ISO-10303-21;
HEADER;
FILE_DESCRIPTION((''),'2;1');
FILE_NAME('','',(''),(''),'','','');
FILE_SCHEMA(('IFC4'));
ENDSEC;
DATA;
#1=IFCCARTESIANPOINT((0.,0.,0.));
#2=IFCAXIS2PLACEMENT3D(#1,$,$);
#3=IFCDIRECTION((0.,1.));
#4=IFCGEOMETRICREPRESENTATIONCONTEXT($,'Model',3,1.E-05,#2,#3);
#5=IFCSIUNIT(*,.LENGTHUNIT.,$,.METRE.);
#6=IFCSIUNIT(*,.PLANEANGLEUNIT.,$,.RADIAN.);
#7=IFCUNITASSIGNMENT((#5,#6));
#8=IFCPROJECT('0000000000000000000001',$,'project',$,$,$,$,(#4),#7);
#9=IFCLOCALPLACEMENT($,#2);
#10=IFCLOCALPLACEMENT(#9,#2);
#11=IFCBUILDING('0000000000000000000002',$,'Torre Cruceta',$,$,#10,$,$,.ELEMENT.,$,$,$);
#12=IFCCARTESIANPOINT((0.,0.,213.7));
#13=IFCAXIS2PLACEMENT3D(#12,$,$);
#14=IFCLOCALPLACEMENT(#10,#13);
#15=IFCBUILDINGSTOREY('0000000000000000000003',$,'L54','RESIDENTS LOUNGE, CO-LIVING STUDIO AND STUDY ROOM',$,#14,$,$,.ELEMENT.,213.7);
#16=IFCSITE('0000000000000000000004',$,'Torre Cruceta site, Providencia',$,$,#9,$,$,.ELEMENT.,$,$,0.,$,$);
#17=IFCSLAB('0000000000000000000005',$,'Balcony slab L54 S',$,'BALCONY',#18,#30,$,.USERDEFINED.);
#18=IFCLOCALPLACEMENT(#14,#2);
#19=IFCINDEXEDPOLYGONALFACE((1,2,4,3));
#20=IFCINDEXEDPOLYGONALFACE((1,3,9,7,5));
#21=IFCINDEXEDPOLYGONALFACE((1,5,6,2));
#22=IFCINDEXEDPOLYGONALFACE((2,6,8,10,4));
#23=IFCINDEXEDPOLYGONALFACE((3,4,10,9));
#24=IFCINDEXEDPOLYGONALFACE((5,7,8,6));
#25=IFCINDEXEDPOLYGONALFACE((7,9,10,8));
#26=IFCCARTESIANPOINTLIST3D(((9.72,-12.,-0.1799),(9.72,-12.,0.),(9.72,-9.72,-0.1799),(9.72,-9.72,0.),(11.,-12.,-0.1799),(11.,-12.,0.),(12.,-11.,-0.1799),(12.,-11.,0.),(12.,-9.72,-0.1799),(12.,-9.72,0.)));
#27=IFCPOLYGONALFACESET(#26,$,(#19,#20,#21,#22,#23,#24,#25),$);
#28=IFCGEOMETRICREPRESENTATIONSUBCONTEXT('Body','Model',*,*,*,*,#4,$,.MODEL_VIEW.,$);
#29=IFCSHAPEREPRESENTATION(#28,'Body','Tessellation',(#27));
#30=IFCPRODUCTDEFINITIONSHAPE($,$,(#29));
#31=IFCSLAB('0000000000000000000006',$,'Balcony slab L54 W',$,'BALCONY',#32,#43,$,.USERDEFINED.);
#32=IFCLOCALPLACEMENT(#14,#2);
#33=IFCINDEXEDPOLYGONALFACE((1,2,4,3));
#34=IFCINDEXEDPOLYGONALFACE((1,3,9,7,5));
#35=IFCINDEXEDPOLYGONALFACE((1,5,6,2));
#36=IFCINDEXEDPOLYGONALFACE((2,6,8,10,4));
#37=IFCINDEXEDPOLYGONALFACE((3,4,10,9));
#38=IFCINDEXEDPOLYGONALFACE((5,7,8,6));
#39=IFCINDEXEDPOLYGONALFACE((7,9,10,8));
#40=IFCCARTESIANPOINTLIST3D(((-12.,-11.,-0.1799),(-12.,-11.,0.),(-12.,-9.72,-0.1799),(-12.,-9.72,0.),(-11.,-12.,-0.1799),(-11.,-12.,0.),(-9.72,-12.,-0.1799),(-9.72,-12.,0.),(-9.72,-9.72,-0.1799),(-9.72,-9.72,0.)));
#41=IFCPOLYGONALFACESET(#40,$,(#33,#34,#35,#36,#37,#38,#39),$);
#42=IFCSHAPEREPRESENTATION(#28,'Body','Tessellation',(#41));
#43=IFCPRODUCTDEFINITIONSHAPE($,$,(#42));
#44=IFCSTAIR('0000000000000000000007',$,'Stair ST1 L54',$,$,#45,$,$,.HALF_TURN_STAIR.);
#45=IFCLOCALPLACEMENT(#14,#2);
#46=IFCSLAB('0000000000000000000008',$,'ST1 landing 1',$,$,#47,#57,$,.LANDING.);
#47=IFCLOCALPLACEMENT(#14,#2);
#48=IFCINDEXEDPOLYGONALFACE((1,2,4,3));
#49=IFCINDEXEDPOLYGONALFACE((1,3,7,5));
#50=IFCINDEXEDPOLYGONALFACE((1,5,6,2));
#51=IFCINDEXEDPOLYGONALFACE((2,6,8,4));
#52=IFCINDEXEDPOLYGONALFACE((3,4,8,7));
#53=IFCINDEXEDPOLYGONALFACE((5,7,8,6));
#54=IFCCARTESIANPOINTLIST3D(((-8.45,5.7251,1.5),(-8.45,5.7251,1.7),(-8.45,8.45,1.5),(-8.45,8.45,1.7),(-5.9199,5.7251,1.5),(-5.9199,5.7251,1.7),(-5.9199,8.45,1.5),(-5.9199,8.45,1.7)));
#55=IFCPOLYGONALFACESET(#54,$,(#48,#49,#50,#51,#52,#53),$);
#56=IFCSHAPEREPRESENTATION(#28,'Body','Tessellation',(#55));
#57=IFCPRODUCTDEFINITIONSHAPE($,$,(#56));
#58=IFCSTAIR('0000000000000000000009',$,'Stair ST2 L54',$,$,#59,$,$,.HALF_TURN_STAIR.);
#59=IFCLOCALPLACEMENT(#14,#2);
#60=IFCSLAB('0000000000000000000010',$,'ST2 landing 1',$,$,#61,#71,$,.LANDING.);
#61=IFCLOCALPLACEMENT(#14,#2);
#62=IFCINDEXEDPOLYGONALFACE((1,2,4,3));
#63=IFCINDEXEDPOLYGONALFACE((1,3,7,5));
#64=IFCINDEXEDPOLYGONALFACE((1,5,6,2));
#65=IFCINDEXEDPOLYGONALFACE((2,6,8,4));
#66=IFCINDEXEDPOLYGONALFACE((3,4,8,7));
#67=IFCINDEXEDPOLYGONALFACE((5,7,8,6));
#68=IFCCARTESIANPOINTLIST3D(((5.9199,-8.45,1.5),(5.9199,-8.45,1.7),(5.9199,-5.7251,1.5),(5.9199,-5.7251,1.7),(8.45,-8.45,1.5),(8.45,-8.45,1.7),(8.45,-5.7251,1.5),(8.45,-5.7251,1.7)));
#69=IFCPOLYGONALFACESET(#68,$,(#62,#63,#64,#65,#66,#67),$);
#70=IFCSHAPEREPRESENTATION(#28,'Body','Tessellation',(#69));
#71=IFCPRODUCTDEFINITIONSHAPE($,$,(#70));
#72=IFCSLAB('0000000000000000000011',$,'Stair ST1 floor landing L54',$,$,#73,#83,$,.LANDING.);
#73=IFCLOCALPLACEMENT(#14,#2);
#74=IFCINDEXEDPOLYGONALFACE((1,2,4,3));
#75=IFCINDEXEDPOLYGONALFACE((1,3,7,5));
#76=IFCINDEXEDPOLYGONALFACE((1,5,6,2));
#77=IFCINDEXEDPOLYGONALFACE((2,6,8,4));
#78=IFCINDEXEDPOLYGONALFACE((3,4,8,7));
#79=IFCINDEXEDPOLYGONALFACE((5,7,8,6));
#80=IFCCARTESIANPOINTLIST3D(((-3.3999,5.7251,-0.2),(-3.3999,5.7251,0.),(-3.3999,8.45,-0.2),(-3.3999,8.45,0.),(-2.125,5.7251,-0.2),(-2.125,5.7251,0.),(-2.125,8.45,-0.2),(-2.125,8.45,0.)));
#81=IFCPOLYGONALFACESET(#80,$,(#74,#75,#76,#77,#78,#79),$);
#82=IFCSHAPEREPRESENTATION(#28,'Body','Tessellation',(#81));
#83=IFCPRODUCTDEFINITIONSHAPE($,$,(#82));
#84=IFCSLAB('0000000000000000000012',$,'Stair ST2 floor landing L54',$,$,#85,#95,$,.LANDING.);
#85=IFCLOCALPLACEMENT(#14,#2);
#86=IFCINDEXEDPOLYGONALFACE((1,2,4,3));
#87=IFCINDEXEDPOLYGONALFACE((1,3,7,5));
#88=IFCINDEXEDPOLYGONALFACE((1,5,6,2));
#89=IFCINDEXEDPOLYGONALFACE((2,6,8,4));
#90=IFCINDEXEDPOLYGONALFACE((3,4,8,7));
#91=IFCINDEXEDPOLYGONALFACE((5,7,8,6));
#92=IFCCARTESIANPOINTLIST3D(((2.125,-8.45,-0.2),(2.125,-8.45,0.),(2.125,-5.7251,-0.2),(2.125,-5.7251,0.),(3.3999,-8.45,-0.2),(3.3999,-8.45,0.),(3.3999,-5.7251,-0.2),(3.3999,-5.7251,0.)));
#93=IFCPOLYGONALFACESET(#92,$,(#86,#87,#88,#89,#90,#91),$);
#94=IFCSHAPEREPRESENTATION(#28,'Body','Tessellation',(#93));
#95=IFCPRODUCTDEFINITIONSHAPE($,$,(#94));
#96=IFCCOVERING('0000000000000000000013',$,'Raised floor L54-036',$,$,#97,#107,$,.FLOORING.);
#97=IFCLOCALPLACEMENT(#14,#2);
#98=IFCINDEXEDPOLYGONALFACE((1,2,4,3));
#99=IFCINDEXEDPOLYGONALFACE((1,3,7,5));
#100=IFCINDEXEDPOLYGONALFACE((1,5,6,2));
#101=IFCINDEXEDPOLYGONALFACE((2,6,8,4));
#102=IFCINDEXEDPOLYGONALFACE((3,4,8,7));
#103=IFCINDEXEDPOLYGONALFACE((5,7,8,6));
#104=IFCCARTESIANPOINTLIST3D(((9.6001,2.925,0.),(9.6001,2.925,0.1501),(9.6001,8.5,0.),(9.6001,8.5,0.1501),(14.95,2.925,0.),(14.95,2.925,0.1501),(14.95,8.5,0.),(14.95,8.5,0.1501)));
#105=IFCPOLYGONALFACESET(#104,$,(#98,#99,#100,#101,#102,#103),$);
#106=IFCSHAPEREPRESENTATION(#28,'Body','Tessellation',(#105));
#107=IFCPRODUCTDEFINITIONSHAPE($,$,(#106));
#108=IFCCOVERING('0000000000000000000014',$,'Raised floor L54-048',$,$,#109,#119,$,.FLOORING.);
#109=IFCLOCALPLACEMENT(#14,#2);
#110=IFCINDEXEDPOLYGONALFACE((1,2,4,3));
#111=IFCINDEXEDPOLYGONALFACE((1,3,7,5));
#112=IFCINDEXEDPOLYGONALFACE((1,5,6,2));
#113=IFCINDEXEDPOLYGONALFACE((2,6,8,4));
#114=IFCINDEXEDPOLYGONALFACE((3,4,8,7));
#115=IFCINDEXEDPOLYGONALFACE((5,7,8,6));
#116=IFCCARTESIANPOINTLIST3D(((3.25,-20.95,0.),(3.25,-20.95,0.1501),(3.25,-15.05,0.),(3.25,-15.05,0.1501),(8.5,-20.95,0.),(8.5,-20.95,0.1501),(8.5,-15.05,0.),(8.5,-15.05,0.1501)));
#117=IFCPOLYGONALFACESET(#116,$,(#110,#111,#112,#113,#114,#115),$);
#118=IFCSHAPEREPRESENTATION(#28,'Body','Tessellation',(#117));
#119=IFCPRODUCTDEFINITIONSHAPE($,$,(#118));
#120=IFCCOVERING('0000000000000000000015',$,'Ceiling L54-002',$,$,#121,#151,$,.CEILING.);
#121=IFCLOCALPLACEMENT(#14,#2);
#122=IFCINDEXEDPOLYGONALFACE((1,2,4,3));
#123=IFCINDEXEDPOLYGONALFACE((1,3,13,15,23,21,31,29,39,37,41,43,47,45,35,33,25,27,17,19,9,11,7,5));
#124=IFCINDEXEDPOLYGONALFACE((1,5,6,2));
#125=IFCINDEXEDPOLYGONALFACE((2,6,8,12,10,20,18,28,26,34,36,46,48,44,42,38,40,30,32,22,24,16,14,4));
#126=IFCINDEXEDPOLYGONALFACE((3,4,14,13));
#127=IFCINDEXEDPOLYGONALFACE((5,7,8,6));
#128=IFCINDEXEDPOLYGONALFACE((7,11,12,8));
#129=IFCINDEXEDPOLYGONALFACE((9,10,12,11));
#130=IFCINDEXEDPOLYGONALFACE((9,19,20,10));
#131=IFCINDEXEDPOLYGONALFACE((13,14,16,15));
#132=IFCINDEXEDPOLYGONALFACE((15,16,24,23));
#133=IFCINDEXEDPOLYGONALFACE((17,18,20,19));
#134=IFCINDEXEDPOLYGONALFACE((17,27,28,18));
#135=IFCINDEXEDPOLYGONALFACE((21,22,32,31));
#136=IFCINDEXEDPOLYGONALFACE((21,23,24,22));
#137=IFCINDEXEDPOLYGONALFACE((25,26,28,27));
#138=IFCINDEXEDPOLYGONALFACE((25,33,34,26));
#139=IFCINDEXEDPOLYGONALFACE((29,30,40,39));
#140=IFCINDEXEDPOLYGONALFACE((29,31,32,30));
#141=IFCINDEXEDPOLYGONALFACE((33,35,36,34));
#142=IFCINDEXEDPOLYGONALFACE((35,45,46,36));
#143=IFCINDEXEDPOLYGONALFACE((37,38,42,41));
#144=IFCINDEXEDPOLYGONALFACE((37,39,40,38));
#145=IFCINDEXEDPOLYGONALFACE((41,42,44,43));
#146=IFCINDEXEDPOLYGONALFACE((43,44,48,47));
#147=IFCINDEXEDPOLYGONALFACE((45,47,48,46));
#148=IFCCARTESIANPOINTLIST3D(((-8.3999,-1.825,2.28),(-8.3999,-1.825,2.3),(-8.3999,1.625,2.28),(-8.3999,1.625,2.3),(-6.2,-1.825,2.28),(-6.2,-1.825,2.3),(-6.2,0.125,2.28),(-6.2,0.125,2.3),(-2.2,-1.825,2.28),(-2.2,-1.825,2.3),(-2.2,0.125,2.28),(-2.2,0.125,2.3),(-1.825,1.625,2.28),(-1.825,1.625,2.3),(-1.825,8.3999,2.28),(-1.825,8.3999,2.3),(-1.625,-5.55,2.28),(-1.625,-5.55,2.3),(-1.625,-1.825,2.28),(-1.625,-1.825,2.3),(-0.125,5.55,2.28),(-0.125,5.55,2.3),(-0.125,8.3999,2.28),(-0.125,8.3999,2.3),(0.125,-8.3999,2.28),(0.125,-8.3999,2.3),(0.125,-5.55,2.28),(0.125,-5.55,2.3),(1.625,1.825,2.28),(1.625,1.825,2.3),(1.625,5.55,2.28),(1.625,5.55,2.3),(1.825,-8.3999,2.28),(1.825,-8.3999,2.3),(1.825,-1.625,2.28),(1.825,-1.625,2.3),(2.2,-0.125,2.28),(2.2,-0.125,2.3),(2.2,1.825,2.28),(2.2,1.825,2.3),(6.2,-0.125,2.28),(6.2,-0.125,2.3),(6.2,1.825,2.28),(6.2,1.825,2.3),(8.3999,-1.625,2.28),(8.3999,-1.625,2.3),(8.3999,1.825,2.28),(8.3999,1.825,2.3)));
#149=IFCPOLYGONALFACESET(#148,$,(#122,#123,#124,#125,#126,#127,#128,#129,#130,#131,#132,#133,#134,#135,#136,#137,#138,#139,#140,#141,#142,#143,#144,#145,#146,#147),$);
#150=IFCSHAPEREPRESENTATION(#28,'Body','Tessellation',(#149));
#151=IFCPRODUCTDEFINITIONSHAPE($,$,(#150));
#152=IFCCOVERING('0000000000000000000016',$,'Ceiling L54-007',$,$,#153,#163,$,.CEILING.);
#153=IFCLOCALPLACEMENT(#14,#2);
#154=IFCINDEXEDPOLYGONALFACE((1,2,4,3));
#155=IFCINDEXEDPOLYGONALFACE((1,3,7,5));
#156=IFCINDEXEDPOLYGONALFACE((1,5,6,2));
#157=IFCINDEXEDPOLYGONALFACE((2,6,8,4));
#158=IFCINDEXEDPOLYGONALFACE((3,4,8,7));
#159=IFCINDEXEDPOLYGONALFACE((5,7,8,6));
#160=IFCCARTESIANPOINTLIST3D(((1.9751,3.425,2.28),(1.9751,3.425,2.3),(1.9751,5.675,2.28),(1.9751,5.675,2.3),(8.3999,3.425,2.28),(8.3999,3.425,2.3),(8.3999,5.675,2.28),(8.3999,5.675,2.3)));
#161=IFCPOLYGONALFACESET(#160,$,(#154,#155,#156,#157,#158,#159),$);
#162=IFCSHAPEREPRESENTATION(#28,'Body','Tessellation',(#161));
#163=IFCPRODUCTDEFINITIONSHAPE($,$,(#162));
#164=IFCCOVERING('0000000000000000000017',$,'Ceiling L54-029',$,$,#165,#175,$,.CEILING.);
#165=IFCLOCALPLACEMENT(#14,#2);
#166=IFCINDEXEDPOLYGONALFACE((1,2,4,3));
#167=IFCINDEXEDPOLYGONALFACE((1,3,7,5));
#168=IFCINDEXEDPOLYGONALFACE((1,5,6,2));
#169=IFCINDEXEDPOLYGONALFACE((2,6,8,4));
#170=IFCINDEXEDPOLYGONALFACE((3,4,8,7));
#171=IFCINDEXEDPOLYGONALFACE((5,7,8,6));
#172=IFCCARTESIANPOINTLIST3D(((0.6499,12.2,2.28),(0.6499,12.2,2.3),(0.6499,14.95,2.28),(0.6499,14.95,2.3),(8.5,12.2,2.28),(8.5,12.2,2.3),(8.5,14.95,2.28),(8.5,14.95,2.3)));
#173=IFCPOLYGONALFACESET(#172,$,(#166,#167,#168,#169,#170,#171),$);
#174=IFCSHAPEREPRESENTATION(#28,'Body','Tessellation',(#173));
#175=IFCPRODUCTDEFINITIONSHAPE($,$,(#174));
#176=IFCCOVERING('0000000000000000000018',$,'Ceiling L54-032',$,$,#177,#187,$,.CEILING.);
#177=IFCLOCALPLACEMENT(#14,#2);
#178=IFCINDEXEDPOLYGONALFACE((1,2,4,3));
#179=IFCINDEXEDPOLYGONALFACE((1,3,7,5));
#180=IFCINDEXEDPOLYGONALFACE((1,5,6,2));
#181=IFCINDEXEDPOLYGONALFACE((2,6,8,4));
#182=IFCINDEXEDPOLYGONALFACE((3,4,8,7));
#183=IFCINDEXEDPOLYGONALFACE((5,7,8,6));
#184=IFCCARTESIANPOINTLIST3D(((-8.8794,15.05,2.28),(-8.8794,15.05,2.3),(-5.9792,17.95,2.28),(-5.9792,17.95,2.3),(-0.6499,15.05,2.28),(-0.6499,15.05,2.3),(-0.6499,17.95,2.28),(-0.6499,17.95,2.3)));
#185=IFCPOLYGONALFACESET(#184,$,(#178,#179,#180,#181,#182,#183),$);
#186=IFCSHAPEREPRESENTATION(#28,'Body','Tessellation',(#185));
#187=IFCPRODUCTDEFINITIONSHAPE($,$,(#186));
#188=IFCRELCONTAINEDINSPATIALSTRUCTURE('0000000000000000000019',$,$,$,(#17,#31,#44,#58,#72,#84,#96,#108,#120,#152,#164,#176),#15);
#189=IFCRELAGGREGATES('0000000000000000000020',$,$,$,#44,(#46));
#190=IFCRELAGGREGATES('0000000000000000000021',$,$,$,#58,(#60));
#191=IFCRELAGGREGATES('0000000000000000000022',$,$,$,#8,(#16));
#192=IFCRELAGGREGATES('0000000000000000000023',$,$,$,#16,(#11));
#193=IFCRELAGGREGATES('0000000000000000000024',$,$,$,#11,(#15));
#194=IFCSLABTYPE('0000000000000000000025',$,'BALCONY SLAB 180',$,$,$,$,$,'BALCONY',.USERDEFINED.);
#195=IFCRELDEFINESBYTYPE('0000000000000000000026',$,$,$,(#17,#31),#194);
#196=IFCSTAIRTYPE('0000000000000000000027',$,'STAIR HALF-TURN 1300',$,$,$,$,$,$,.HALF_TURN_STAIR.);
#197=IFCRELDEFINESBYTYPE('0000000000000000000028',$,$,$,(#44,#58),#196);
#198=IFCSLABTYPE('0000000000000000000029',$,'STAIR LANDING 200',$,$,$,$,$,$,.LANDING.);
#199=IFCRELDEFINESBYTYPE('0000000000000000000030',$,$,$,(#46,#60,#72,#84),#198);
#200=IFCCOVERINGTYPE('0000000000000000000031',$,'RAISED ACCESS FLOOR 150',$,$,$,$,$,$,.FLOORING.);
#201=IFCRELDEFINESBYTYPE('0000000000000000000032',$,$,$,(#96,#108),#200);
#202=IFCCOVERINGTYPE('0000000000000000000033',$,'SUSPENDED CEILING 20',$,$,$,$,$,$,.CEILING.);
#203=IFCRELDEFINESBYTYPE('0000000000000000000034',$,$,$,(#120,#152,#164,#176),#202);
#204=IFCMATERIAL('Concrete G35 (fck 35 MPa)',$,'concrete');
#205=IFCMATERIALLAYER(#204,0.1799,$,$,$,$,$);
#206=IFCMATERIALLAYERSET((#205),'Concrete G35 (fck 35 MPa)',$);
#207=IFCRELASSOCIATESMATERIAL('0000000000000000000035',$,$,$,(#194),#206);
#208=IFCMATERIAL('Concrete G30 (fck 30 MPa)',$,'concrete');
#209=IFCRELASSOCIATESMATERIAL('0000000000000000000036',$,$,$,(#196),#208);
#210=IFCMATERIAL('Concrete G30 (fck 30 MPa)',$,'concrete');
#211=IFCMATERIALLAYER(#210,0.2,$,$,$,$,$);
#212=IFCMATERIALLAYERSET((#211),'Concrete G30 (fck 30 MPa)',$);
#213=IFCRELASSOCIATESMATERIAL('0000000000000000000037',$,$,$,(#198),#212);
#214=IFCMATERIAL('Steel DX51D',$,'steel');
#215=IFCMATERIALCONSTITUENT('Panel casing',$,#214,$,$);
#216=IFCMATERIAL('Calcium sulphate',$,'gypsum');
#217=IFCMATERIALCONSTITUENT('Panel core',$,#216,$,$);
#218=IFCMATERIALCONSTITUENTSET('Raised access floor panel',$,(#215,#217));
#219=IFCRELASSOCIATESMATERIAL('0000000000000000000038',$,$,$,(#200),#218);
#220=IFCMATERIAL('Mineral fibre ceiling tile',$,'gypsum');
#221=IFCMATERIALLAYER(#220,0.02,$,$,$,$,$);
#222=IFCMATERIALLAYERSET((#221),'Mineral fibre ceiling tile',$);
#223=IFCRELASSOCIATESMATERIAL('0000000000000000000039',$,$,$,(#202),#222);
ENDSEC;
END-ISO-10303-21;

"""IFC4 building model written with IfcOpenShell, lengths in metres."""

from ifc_helpers import new_model, si_unit, direction, frame, origin, place, context, subcontext, project, spatial, polyline, outline, extrude, material, layer, layer_set, constituent, constituent_set, type_object, element, aggregate, save


model = new_model("IFC4")

# Units and contexts
model_context = context("Model", 3, precision=1e-05, world=origin(), true_north=direction((0.0, 1.0)))
body_context = subcontext(model_context, "Body", "Model", "MODEL_VIEW")
ifc_project = project(units=[si_unit("LENGTHUNIT", "METRE"), si_unit("PLANEANGLEUNIT", "RADIAN")], contexts=[model_context])

# Site, building, storey
site_placement = place(None, origin())
site = spatial("IfcSite", under=ifc_project, at=site_placement, Name="Torre Cruceta site, Providencia", CompositionType="ELEMENT", RefElevation=0.0)
building_placement = place(site_placement, origin())
building = spatial("IfcBuilding", under=site, at=building_placement, Name="Torre Cruceta", CompositionType="ELEMENT")
storey_placement = place(building_placement, frame((0.0, 0.0, 213.7)))
storey = spatial("IfcBuildingStorey", under=building, at=storey_placement, Name="L54", Description="RESIDENTS LOUNGE, CO-LIVING STUDIO AND STUDY ROOM", CompositionType="ELEMENT", Elevation=213.7)

# Slabs
ifc_material_1 = material(Name="Concrete G35 (fck 35 MPa)", Category="concrete")
ifc_layer_1 = layer(ifc_material_1, 0.1799)
ifc_layer_set_1 = layer_set([ifc_layer_1], Name="Concrete G35 (fck 35 MPa)")
slab_type_1 = type_object("IfcSlabType", Name="BALCONY SLAB 180", ElementType="BALCONY", PredefinedType="USERDEFINED", material=ifc_layer_set_1)
slab_1_placement = place(storey_placement, frame((0.0, 0.0, -0.1799)))
element("IfcSlab", 1, at=slab_1_placement, inside=storey, type_object=slab_type_1, Name="Balcony slab L54 S", ObjectType="BALCONY", PredefinedType="USERDEFINED", context=body_context, shape_type="SweptSolid", body=[
    extrude(outline(polyline([(12.0, -11.0), (11.0, -12.0), (9.72, -12.0), (9.72, -9.72), (12.0, -9.72), (12.0, -11.0)])), origin(), (0.0, 0.0, 1.0), 0.1799),
])
slab_2_placement = place(storey_placement, frame((0.0, 0.0, -0.1799)))
element("IfcSlab", 2, at=slab_2_placement, inside=storey, type_object=slab_type_1, Name="Balcony slab L54 W", ObjectType="BALCONY", PredefinedType="USERDEFINED", context=body_context, shape_type="SweptSolid", body=[
    extrude(outline(polyline([(-11.0, -12.0), (-12.0, -11.0), (-12.0, -9.72), (-9.72, -9.72), (-9.72, -12.0), (-11.0, -12.0)])), origin(), (0.0, 0.0, 1.0), 0.1799),
])

# Stairs, slabs
ifc_material_2 = material(Name="Concrete G30 (fck 30 MPa)", Category="concrete")
stair_type = type_object("IfcStairType", Name="STAIR HALF-TURN 1300", PredefinedType="HALF_TURN_STAIR", material=ifc_material_2)
stair_1_placement = place(storey_placement, origin())
stair_1 = element("IfcStair", 3, at=stair_1_placement, inside=storey, type_object=stair_type, Name="Stair ST1 L54", PredefinedType="HALF_TURN_STAIR")
ifc_material_3 = material(Name="Concrete G30 (fck 30 MPa)", Category="concrete")
ifc_layer_2 = layer(ifc_material_3, 0.2)
ifc_layer_set_2 = layer_set([ifc_layer_2], Name="Concrete G30 (fck 30 MPa)")
slab_type_2 = type_object("IfcSlabType", Name="STAIR LANDING 200", PredefinedType="LANDING", material=ifc_layer_set_2)
slab_3_placement = place(storey_placement, frame((0.0, 0.0, 1.5)))
slab_3 = element("IfcSlab", 4, at=slab_3_placement, type_object=slab_type_2, Name="ST1 landing 1", PredefinedType="LANDING", context=body_context, shape_type="SweptSolid", body=[
    extrude(outline(polyline([(-8.45, 5.7251), (-5.9199, 5.7251), (-5.9199, 8.45), (-8.45, 8.45), (-8.45, 5.7251)])), origin(), (0.0, 0.0, 1.0), 0.2),
])
aggregate(stair_1, [slab_3])
stair_2_placement = place(storey_placement, origin())
stair_2 = element("IfcStair", 5, at=stair_2_placement, inside=storey, type_object=stair_type, Name="Stair ST2 L54", PredefinedType="HALF_TURN_STAIR")
slab_4_placement = place(storey_placement, frame((0.0, 0.0, 1.5)))
slab_4 = element("IfcSlab", 6, at=slab_4_placement, type_object=slab_type_2, Name="ST2 landing 1", PredefinedType="LANDING", context=body_context, shape_type="SweptSolid", body=[
    extrude(outline(polyline([(5.9199, -8.45), (8.45, -8.45), (8.45, -5.7251), (5.9199, -5.7251), (5.9199, -8.45)])), origin(), (0.0, 0.0, 1.0), 0.2),
])
aggregate(stair_2, [slab_4])

# Slabs
slab_5_placement = place(storey_placement, frame((0.0, 0.0, -0.2)))
element("IfcSlab", 7, at=slab_5_placement, inside=storey, type_object=slab_type_2, Name="Stair ST1 floor landing L54", PredefinedType="LANDING", context=body_context, shape_type="SweptSolid", body=[
    extrude(outline(polyline([(-2.125, 8.45), (-2.125, 5.7251), (-3.3999, 5.7251), (-3.3999, 8.45), (-2.125, 8.45)])), origin(), (0.0, 0.0, 1.0), 0.2),
])
slab_6_placement = place(storey_placement, frame((0.0, 0.0, -0.2)))
element("IfcSlab", 8, at=slab_6_placement, inside=storey, type_object=slab_type_2, Name="Stair ST2 floor landing L54", PredefinedType="LANDING", context=body_context, shape_type="SweptSolid", body=[
    extrude(outline(polyline([(2.125, -8.45), (2.125, -5.7251), (3.3999, -5.7251), (3.3999, -8.45), (2.125, -8.45)])), origin(), (0.0, 0.0, 1.0), 0.2),
])

# Coverings
ifc_material_4 = material(Name="Steel DX51D", Category="steel")
ifc_constituent_1 = constituent(ifc_material_4, Name="Panel casing")
ifc_material_5 = material(Name="Calcium sulphate", Category="gypsum")
ifc_constituent_2 = constituent(ifc_material_5, Name="Panel core")
ifc_constituent_set = constituent_set(constituents=[ifc_constituent_1, ifc_constituent_2], Name="Raised access floor panel")
covering_type_1 = type_object("IfcCoveringType", Name="RAISED ACCESS FLOOR 150", PredefinedType="FLOORING", material=ifc_constituent_set)
covering_1_placement = place(storey_placement, origin())
element("IfcCovering", 9, at=covering_1_placement, inside=storey, type_object=covering_type_1, Name="Raised floor L54-036", PredefinedType="FLOORING", context=body_context, shape_type="SweptSolid", body=[
    extrude(outline(polyline([(9.6001, 2.925), (9.6001, 8.5), (14.95, 8.5), (14.95, 2.925), (9.6001, 2.925)])), origin(), (0.0, 0.0, 1.0), 0.1501),
])
covering_2_placement = place(storey_placement, origin())
element("IfcCovering", 10, at=covering_2_placement, inside=storey, type_object=covering_type_1, Name="Raised floor L54-048", PredefinedType="FLOORING", context=body_context, shape_type="SweptSolid", body=[
    extrude(outline(polyline([(3.25, -15.05), (8.5, -15.05), (8.5, -20.95), (3.25, -20.95), (3.25, -15.05)])), origin(), (0.0, 0.0, 1.0), 0.1501),
])
ifc_material_6 = material(Name="Mineral fibre ceiling tile", Category="gypsum")
ifc_layer_3 = layer(ifc_material_6, 0.02)
ifc_layer_set_3 = layer_set([ifc_layer_3], Name="Mineral fibre ceiling tile")
covering_type_2 = type_object("IfcCoveringType", Name="SUSPENDED CEILING 20", PredefinedType="CEILING", material=ifc_layer_set_3)
covering_3_placement = place(storey_placement, frame((0.0, 0.0, 2.28)))
element("IfcCovering", 11, at=covering_3_placement, inside=storey, type_object=covering_type_2, Name="Ceiling L54-002", PredefinedType="CEILING", context=body_context, shape_type="SweptSolid", body=[
    extrude(outline(polyline([(1.825, -8.3999), (0.125, -8.3999), (0.125, -5.55), (-1.625, -5.55), (-1.625, -1.825), (-2.2, -1.825), (-2.2, 0.125), (-6.2, 0.125), (-6.2, -1.825), (-8.3999, -1.825), (-8.3999, 1.625), (-1.825, 1.625), (-1.825, 8.3999), (-0.125, 8.3999), (-0.125, 5.55), (1.625, 5.55), (1.625, 1.825), (2.2, 1.825), (2.2, -0.125), (6.2, -0.125), (6.2, 1.825), (8.3999, 1.825), (8.3999, -1.625), (1.825, -1.625), (1.825, -8.3999)])), origin(), (0.0, 0.0, 1.0), 0.02),
])
covering_4_placement = place(storey_placement, frame((0.0, 0.0, 2.28)))
element("IfcCovering", 12, at=covering_4_placement, inside=storey, type_object=covering_type_2, Name="Ceiling L54-007", PredefinedType="CEILING", context=body_context, shape_type="SweptSolid", body=[
    extrude(outline(polyline([(1.9751, 3.425), (1.9751, 5.675), (8.3999, 5.675), (8.3999, 3.425), (1.9751, 3.425)])), origin(), (0.0, 0.0, 1.0), 0.02),
])
covering_5_placement = place(storey_placement, frame((0.0, 0.0, 2.28)))
element("IfcCovering", 13, at=covering_5_placement, inside=storey, type_object=covering_type_2, Name="Ceiling L54-029", PredefinedType="CEILING", context=body_context, shape_type="SweptSolid", body=[
    extrude(outline(polyline([(8.5, 14.95), (8.5, 12.2), (0.6499, 12.2), (0.6499, 14.95), (8.5, 14.95)])), origin(), (0.0, 0.0, 1.0), 0.02),
])
covering_6_placement = place(storey_placement, frame((0.0, 0.0, 2.28)))
element("IfcCovering", 14, at=covering_6_placement, inside=storey, type_object=covering_type_2, Name="Ceiling L54-032", PredefinedType="CEILING", context=body_context, shape_type="SweptSolid", body=[
    extrude(outline(polyline([(-5.9792, 17.95), (-0.6499, 17.95), (-0.6499, 15.05), (-8.8794, 15.05), (-5.9792, 17.95)])), origin(), (0.0, 0.0, 1.0), 0.02),
])

save(model, "model.ifc")
